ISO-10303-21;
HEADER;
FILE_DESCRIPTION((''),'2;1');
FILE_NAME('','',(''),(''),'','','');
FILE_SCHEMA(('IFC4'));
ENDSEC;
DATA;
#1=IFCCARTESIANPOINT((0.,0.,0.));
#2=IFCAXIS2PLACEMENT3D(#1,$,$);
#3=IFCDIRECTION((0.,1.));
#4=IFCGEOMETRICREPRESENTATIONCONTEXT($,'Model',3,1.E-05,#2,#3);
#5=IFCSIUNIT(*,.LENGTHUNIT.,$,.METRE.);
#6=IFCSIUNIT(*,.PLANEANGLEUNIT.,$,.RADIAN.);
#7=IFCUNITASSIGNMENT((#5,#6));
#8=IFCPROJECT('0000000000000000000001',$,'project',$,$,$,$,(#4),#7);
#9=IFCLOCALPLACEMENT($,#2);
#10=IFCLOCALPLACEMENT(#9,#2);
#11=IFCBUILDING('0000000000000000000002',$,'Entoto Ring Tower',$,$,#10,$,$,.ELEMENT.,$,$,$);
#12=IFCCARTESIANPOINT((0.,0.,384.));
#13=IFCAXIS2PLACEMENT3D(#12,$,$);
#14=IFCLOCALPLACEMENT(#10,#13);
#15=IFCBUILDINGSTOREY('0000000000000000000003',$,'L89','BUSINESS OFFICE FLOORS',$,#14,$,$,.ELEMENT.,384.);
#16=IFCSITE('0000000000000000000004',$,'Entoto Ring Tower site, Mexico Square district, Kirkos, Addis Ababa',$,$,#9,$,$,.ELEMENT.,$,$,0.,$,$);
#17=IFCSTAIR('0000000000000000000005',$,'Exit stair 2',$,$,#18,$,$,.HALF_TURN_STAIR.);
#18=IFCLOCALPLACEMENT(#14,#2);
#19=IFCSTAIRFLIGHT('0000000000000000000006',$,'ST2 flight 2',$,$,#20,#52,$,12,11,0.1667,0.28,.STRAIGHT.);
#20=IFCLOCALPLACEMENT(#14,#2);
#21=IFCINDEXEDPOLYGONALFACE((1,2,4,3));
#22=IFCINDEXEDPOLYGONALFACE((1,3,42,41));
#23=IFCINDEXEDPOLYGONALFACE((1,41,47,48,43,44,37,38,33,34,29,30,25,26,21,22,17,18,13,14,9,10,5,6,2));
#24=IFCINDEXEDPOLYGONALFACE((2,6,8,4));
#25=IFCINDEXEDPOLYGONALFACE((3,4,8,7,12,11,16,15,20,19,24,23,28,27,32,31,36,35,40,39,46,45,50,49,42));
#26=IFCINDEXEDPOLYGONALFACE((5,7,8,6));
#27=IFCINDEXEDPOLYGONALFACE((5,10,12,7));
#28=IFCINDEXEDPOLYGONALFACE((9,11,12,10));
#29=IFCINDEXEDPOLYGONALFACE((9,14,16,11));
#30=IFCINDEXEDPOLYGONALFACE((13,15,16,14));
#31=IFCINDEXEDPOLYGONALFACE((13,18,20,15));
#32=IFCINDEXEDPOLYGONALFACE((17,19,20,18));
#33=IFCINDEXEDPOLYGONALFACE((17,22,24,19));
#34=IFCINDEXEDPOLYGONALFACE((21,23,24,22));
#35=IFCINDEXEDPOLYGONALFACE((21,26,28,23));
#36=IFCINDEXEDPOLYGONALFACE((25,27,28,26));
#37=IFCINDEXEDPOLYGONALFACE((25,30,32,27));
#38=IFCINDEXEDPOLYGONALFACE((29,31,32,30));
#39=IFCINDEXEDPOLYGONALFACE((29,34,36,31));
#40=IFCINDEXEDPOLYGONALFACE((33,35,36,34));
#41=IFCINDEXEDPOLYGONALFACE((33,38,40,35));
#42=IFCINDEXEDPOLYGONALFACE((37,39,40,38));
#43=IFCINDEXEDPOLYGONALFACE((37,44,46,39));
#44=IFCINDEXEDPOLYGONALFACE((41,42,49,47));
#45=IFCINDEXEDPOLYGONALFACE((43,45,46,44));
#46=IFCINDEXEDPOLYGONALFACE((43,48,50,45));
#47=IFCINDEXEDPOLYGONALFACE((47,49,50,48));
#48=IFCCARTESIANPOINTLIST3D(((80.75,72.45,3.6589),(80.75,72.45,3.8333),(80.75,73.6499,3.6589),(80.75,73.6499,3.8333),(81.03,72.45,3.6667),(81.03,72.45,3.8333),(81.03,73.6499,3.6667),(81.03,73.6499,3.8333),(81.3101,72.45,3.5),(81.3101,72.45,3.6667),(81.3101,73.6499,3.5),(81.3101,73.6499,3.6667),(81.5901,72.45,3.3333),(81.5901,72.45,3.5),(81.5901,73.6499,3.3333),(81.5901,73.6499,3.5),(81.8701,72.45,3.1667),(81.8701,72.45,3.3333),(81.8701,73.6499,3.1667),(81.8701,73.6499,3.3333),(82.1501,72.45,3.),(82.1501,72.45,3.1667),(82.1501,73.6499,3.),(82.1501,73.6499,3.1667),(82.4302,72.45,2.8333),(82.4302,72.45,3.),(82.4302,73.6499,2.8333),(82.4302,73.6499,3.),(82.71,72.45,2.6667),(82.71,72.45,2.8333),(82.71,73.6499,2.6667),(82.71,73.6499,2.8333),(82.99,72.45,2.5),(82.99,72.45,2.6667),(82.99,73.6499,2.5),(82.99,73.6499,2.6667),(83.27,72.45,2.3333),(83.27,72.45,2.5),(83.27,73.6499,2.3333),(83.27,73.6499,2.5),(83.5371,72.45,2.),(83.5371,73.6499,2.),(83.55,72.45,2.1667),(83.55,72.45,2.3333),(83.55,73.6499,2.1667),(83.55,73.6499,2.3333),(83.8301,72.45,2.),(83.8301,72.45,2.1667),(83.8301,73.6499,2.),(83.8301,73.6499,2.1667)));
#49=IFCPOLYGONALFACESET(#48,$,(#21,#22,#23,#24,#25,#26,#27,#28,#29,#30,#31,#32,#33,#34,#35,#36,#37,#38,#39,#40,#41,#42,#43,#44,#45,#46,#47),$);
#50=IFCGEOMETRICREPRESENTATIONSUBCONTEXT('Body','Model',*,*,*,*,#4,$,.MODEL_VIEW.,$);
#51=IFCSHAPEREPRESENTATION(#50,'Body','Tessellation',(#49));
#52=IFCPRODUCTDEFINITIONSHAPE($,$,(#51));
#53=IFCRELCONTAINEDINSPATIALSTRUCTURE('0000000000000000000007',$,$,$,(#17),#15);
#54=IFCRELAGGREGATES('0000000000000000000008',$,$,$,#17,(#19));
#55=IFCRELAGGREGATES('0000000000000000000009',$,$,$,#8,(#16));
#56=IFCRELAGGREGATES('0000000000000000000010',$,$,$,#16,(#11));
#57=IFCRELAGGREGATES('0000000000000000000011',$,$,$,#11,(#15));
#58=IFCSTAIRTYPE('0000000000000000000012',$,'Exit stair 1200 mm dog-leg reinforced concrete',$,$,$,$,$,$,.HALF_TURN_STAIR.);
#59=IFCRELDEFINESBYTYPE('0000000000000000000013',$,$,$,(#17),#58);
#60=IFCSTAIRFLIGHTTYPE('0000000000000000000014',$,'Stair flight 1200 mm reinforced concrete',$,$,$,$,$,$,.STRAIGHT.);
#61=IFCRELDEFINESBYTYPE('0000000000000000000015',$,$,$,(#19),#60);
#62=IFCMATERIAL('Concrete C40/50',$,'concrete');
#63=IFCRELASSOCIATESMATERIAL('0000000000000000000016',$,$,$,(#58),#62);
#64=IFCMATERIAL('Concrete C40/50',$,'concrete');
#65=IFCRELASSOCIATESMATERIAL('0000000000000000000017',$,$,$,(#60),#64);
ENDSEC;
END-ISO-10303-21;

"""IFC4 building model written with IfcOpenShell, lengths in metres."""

from ifc_helpers import new_model, si_unit, direction, frame, origin, place, context, subcontext, project, spatial, polyline, outline, extrude, material, type_object, element, aggregate, save


model = new_model("IFC4")

# Units and contexts
model_context = context("Model", 3, precision=1e-05, world=origin(), true_north=direction((0.0, 1.0)))
body_context = subcontext(model_context, "Body", "Model", "MODEL_VIEW")
ifc_project = project(units=[si_unit("LENGTHUNIT", "METRE"), si_unit("PLANEANGLEUNIT", "RADIAN")], contexts=[model_context])

# Site, building, storey
site_placement = place(None, origin())
site = spatial("IfcSite", under=ifc_project, at=site_placement, Name="Entoto Ring Tower site, Mexico Square district, Kirkos, Addis Ababa", CompositionType="ELEMENT", RefElevation=0.0)
building_placement = place(site_placement, origin())
building = spatial("IfcBuilding", under=site, at=building_placement, Name="Entoto Ring Tower", CompositionType="ELEMENT")
storey_placement = place(building_placement, frame((0.0, 0.0, 384.0)))
storey = spatial("IfcBuildingStorey", under=building, at=storey_placement, Name="L89", Description="BUSINESS OFFICE FLOORS", CompositionType="ELEMENT", Elevation=384.0)

# Stair, stair flight
ifc_material_1 = material(Name="Concrete C40/50", Category="concrete")
stair_type = type_object("IfcStairType", Name="Exit stair 1200 mm dog-leg reinforced concrete", PredefinedType="HALF_TURN_STAIR", material=ifc_material_1)
stair_placement = place(storey_placement, origin())
stair = element("IfcStair", 1, at=stair_placement, inside=storey, type_object=stair_type, Name="Exit stair 2", PredefinedType="HALF_TURN_STAIR")
ifc_material_2 = material(Name="Concrete C40/50", Category="concrete")
stair_flight_type = type_object("IfcStairFlightType", Name="Stair flight 1200 mm reinforced concrete", PredefinedType="STRAIGHT", material=ifc_material_2)
stair_flight_1_placement = place(storey_placement, frame((83.8301, 73.05, 2.0), z_axis=(0.0, 0.0, 1.0), x_axis=(-1.0, 0.0, 0.0)))
stair_flight_1 = element("IfcStairFlight", 2, at=stair_flight_1_placement, type_object=stair_flight_type, Name="ST2 flight 2", NumberOfRisers=12, NumberOfTreads=11, PredefinedType="STRAIGHT", RiserHeight=0.1667, TreadLength=0.28, context=body_context, shape_type="SweptSolid", body=[
    extrude(outline(polyline([(0.0, 0.0), (0.0, 0.1667), (0.28, 0.1667), (0.28, 0.3333), (0.5601, 0.3333), (0.5601, 0.5), (0.8401, 0.5), (0.8401, 0.6667), (1.1201, 0.6667), (1.1201, 0.8333), (1.3999, 0.8333), (1.3999, 1.0), (1.6799, 1.0), (1.6799, 1.1667), (1.96, 1.1667), (1.96, 1.3333), (2.24, 1.3333), (2.24, 1.5), (2.52, 1.5), (2.52, 1.6667), (2.8, 1.6667), (2.8, 1.8333), (3.0801, 1.8333), (3.0801, 2.0), (3.0801, 1.6589), (0.293, 0.0), (0.0, 0.0)])), frame((0.0, 0.6001, 0.0), z_axis=(0.0, -1.0, 0.0), x_axis=(1.0, 0.0, 0.0)), (0.0, 0.0, 1.0), 1.2),
])
aggregate(stair, [stair_flight_1])

save(model, "model.ifc")
